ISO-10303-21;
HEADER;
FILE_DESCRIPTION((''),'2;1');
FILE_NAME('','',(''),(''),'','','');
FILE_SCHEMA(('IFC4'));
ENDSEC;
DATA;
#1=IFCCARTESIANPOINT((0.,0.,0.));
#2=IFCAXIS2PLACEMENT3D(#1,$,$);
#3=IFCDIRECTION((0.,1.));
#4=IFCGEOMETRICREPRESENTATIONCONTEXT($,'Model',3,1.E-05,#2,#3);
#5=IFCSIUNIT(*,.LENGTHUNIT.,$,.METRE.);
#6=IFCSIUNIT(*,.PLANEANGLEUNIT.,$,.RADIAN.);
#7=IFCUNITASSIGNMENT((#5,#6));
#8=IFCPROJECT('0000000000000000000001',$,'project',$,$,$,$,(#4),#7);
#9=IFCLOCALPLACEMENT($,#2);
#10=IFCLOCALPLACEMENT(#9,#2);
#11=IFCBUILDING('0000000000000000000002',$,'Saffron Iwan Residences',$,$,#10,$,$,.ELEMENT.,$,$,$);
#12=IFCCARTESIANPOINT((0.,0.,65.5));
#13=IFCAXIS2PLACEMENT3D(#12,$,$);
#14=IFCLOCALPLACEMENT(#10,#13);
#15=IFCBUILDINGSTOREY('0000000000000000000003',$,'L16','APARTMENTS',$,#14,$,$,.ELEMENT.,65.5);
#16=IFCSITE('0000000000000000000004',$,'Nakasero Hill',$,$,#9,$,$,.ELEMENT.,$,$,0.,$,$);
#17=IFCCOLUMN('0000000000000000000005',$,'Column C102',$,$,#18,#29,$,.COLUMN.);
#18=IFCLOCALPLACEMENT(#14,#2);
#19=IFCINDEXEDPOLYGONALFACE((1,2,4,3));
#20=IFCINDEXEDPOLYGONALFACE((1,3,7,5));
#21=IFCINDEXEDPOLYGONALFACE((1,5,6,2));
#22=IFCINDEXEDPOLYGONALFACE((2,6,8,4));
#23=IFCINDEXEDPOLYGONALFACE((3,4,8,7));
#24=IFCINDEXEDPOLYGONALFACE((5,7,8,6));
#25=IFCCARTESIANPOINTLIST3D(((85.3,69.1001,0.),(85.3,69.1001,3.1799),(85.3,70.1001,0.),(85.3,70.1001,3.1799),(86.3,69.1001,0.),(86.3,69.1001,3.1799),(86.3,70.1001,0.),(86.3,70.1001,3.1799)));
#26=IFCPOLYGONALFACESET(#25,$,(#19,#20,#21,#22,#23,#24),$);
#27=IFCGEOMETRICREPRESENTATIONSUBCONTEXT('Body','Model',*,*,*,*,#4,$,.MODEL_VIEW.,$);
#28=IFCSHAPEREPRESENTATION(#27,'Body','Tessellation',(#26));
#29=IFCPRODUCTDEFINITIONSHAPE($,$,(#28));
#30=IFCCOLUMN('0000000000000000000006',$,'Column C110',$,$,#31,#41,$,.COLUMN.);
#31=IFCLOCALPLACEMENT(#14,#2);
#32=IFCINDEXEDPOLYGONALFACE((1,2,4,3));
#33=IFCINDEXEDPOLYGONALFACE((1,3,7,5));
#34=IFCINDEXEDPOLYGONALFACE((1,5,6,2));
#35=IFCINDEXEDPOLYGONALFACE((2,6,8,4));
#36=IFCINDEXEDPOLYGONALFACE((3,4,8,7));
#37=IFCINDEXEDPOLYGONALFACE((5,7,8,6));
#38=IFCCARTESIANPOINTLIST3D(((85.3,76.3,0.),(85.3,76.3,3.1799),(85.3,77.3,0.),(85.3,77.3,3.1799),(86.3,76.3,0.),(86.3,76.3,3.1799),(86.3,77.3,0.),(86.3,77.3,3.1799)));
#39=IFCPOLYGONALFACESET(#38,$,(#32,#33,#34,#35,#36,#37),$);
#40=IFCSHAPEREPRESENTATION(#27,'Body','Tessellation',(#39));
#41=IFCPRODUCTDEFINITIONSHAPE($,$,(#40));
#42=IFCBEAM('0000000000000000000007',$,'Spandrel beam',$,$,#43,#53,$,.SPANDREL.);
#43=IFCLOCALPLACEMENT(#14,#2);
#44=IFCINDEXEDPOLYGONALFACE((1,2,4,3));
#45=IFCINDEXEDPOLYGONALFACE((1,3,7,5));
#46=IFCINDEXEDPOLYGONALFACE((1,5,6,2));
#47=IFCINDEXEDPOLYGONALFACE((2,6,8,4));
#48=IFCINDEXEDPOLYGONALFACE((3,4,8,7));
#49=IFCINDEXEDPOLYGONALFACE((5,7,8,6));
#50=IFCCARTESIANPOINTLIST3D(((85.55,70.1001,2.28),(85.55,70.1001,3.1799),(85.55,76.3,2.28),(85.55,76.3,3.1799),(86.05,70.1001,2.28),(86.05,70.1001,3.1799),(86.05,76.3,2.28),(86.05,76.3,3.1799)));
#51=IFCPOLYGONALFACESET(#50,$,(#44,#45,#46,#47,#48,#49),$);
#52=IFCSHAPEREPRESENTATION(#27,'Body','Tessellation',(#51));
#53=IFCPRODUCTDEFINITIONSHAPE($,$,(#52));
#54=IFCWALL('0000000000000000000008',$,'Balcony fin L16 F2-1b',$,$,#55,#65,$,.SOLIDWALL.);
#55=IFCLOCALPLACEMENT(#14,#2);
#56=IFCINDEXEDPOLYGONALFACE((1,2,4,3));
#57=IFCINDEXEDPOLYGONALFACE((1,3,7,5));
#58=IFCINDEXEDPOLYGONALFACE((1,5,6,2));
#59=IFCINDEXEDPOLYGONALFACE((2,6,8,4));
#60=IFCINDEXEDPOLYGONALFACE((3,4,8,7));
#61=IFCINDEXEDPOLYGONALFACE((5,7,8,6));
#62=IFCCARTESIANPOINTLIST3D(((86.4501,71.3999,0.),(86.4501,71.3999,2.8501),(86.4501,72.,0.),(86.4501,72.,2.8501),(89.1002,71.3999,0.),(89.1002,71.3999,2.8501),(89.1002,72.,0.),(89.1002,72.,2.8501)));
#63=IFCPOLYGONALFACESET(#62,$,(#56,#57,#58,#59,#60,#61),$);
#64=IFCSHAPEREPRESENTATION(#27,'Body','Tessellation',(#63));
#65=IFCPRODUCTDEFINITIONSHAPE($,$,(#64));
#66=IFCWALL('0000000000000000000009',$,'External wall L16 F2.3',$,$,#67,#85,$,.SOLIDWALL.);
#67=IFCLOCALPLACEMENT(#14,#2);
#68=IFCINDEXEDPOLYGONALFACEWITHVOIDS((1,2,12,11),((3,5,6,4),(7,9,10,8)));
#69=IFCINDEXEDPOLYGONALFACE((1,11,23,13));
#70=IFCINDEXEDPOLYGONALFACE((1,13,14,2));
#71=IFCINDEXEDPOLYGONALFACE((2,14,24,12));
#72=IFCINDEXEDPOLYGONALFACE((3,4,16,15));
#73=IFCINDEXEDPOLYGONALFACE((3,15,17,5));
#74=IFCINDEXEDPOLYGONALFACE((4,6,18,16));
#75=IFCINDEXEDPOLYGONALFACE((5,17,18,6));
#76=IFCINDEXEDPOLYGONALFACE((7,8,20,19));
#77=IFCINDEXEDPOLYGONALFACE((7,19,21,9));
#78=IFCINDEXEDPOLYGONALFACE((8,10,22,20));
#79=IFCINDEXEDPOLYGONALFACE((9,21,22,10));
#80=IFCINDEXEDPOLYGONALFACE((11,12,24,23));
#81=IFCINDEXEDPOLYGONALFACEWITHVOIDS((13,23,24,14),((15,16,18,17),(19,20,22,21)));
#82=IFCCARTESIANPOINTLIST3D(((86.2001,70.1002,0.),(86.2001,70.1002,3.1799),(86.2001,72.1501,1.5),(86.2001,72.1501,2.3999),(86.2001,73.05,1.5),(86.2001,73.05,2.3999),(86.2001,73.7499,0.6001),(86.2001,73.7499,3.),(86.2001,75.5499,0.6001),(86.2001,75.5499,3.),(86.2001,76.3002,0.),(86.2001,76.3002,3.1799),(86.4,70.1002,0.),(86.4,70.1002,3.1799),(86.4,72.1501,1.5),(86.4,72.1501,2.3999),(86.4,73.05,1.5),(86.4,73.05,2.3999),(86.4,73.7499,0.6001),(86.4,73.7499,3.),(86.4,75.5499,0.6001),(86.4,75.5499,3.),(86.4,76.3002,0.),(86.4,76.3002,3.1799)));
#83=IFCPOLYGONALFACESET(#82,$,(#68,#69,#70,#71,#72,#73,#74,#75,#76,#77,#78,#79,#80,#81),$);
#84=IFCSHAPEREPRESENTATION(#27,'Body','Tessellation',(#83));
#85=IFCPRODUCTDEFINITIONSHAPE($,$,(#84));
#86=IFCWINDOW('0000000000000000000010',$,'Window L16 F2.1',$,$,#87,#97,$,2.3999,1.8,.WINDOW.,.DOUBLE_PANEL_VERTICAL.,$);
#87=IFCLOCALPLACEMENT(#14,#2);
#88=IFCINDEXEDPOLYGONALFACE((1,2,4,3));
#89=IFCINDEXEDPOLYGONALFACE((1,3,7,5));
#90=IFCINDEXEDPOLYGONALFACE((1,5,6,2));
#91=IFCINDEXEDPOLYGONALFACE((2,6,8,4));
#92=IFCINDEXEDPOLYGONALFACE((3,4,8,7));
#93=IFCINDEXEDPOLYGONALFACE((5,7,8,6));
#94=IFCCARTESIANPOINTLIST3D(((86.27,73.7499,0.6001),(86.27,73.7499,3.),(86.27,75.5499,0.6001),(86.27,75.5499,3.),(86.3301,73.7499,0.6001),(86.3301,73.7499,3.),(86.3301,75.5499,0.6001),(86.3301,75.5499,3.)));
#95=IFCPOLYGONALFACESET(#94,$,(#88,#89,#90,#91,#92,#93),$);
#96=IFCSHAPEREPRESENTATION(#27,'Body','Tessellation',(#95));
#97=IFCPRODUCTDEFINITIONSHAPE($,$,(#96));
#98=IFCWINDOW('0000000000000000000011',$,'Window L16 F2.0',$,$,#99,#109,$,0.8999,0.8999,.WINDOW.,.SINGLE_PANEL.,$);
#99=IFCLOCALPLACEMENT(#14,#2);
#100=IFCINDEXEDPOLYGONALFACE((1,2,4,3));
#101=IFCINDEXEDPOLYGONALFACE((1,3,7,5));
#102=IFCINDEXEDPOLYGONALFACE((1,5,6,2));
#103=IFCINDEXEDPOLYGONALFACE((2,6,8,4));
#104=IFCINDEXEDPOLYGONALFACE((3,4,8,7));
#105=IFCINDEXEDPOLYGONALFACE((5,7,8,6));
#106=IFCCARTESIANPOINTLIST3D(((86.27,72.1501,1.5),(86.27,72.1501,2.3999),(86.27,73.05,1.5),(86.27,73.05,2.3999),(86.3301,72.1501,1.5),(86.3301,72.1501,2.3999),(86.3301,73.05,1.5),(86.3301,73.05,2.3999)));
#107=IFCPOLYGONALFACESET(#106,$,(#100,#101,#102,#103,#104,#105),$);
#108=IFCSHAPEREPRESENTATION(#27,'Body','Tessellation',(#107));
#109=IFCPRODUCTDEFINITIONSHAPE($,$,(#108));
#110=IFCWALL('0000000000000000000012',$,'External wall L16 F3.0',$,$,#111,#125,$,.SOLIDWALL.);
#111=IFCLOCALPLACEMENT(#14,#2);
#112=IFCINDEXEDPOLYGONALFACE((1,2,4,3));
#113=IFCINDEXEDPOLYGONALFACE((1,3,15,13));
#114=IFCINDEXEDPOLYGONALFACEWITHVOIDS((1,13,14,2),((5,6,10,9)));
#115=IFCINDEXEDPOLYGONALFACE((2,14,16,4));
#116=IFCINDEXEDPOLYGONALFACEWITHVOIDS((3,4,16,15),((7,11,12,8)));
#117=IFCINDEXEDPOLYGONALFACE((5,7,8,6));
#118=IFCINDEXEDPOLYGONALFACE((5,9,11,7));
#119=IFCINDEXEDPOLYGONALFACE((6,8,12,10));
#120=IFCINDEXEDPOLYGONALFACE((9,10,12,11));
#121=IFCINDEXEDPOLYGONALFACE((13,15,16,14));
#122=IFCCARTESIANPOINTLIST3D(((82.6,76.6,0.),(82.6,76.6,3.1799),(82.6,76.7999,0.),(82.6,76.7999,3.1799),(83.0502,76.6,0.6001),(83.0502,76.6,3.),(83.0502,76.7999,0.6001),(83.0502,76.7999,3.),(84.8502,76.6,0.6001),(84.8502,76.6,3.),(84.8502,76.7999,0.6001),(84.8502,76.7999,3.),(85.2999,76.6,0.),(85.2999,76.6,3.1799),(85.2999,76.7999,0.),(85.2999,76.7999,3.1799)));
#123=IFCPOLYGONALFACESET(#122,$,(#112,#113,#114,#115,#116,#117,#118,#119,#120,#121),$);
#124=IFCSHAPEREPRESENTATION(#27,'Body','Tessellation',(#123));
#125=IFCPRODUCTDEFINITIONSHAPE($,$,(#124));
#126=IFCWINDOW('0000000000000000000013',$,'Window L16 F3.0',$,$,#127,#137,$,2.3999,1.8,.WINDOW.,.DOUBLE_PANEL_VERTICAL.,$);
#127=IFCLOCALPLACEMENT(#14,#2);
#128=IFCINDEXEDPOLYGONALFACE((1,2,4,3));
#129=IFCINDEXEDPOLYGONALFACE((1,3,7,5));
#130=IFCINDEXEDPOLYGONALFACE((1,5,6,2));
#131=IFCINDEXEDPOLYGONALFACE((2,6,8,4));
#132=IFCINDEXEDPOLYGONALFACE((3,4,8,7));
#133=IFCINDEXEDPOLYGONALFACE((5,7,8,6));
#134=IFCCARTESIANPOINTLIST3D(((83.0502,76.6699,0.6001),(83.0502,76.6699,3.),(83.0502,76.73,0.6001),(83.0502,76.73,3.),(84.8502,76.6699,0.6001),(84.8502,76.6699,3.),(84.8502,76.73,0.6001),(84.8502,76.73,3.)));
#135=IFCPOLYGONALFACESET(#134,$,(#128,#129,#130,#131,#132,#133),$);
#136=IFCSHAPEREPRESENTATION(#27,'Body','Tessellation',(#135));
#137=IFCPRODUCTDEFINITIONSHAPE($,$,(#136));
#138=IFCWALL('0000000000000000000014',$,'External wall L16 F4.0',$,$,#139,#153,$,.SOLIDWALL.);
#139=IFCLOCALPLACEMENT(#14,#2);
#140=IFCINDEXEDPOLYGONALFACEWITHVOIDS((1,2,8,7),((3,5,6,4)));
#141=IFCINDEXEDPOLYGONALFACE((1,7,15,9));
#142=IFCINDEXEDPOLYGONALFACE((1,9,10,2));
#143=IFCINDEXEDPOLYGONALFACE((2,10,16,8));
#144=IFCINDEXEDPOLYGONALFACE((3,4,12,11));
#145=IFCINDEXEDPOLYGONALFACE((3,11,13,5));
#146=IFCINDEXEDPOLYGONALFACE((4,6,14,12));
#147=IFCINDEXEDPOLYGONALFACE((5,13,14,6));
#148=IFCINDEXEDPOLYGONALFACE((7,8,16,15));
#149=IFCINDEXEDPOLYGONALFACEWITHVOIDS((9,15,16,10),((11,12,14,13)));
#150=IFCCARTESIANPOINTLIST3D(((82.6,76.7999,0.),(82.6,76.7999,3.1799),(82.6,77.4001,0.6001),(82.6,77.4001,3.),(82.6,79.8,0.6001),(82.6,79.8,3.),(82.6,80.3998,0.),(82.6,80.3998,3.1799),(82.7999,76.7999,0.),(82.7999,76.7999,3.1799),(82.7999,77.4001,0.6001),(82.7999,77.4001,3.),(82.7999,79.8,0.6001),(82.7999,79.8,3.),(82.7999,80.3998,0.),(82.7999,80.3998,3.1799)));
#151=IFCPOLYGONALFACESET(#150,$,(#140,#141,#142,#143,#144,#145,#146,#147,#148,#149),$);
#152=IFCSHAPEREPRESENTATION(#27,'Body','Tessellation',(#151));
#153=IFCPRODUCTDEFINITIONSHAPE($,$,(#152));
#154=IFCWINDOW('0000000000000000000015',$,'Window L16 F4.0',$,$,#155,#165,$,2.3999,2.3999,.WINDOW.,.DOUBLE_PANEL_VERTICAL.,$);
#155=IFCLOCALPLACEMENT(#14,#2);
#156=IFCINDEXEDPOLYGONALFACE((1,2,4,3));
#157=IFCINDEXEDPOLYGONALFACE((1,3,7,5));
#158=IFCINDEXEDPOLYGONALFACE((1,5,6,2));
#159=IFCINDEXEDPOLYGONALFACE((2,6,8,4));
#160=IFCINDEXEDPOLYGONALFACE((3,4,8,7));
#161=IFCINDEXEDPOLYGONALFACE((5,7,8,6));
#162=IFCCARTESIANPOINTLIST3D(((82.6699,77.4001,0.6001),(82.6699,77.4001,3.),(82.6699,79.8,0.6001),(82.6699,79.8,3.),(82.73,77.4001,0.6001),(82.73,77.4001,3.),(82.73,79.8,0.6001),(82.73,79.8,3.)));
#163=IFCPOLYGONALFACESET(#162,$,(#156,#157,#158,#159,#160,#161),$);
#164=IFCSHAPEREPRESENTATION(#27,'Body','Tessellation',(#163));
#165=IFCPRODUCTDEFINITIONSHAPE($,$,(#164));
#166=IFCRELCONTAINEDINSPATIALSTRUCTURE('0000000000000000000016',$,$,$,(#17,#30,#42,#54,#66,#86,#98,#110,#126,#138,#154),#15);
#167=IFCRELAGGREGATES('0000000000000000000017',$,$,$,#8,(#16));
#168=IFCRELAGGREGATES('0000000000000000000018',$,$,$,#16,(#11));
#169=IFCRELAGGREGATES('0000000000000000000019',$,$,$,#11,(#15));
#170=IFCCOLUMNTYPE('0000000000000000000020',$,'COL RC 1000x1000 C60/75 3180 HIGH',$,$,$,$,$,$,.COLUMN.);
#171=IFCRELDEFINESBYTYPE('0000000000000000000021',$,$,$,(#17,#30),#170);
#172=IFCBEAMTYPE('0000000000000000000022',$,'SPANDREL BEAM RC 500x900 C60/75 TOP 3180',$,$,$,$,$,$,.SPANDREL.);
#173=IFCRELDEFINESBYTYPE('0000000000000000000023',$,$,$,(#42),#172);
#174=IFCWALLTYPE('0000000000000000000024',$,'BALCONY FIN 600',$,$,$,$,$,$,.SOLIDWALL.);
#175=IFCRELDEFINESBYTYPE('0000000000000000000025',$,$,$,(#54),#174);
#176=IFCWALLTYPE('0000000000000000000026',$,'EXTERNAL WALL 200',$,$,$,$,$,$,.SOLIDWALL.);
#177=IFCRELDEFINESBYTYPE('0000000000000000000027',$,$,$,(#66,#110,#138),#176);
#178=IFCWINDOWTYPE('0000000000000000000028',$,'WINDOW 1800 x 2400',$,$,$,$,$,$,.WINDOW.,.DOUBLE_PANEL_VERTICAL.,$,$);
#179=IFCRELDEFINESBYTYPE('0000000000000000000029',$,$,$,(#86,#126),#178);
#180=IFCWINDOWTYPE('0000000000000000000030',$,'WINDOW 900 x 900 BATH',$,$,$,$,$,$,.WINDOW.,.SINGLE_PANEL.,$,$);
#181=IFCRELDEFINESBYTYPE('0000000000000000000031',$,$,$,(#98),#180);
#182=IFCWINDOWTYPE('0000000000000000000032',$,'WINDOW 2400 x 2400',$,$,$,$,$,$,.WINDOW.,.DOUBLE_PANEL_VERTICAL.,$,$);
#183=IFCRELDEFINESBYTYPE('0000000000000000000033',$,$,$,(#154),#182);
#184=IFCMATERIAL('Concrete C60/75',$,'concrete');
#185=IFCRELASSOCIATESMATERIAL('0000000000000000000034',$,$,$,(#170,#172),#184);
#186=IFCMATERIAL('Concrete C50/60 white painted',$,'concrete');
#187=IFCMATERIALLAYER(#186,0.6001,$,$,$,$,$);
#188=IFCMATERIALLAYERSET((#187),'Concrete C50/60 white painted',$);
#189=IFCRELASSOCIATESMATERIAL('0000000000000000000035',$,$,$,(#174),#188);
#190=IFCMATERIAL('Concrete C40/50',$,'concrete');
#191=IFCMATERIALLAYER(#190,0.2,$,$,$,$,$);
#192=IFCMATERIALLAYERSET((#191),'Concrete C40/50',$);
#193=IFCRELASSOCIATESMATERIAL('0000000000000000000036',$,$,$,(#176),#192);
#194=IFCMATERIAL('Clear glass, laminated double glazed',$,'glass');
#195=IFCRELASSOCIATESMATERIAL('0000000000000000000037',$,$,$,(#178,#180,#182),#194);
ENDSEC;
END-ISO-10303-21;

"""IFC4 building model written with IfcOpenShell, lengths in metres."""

from ifc_helpers import new_model, si_unit, direction, frame, frame_2d, origin, origin_2d, place, context, subcontext, project, spatial, rectangle, extrude, source, transform, mapped, material, layer, layer_set, material_profile, profile_set, type_object, element, fill, save


model = new_model("IFC4")

# Units and contexts
model_context = context("Model", 3, precision=1e-05, world=origin(), true_north=direction((0.0, 1.0)))
body_context = subcontext(model_context, "Body", "Model", "MODEL_VIEW")
ifc_project = project(units=[si_unit("LENGTHUNIT", "METRE"), si_unit("PLANEANGLEUNIT", "RADIAN")], contexts=[model_context])

# Site, building, storey
site_placement = place(None, origin())
site = spatial("IfcSite", under=ifc_project, at=site_placement, Name="Nakasero Hill", CompositionType="ELEMENT", RefElevation=0.0)
building_placement = place(site_placement, origin())
building = spatial("IfcBuilding", under=site, at=building_placement, Name="Saffron Iwan Residences", CompositionType="ELEMENT")
storey_placement = place(building_placement, frame((0.0, 0.0, 65.5)))
storey = spatial("IfcBuildingStorey", under=building, at=storey_placement, Name="L16", Description="APARTMENTS", CompositionType="ELEMENT", Elevation=65.5)

# Columns
ifc_material_1 = material(Name="Concrete C60/75", Category="concrete")
ifc_material_profile_1 = material_profile(ifc_material_1, rectangle(XDim=1.0, YDim=1.0, at=origin_2d()), Name="RC 1000x1000")
ifc_profile_set_1 = profile_set([ifc_material_profile_1], Name="Concrete C60/75")
column_type = type_object("IfcColumnType", Name="COL RC 1000x1000 C60/75 3180 HIGH", PredefinedType="COLUMN", material=ifc_profile_set_1)
shared_shape_1 = source(origin(), body_context, "Body", "SweptSolid", [
    extrude(rectangle(XDim=1.0, YDim=1.0, at=origin_2d()), origin(), (0.0, 0.0, 1.0), 3.1799),
])
for number, where, z_axis, x_axis, name in (
    (1, (85.8, 69.6001, 0.0), (0.0, 0.0, 1.0), (1.0, 0.0, 0.0), "Column C102"),
    (2, (85.8, 76.8, 0.0), (0.0, 0.0, 1.0), (1.0, 0.0, 0.0), "Column C110"),
):
    element("IfcColumn", number, at=place(storey_placement, frame(where, z_axis=z_axis, x_axis=x_axis)), inside=storey, type_object=column_type, Name=name, PredefinedType="COLUMN", context=body_context, shape_type="MappedRepresentation", body=[
        mapped(shared_shape_1, transform((0.0, 0.0, 0.0))),
    ])

# Beam
ifc_material_profile_2 = material_profile(ifc_material_1, rectangle(XDim=0.5, YDim=0.8999, at=origin_2d()), Name="RC 500x900")
ifc_profile_set_2 = profile_set([ifc_material_profile_2], Name="Concrete C60/75")
beam_type = type_object("IfcBeamType", Name="SPANDREL BEAM RC 500x900 C60/75 TOP 3180", PredefinedType="SPANDREL", material=ifc_profile_set_2)
shared_shape_2 = source(origin(), body_context, "Body", "SweptSolid", [
    extrude(rectangle(XDim=0.5, YDim=0.8999, at=origin_2d()), origin(), (0.0, 0.0, 1.0), 6.2),
])
beam_placement = place(storey_placement, frame((85.8, 76.3, 2.73), z_axis=(0.0, -1.0, 0.0), x_axis=(1.0, 0.0, 0.0)))
element("IfcBeam", 3, at=beam_placement, inside=storey, type_object=beam_type, Name="Spandrel beam", PredefinedType="SPANDREL", context=body_context, shape_type="MappedRepresentation", body=[
    mapped(shared_shape_2, transform((0.0, 0.0, 0.0))),
])

# Wall
ifc_material_2 = material(Name="Concrete C50/60 white painted", Category="concrete")
ifc_layer_1 = layer(ifc_material_2, 0.6001)
ifc_layer_set_1 = layer_set([ifc_layer_1], Name="Concrete C50/60 white painted")
wall_type_1 = type_object("IfcWallType", Name="BALCONY FIN 600", PredefinedType="SOLIDWALL", material=ifc_layer_set_1)
wall_1_placement = place(storey_placement, frame((86.45, 71.7, 0.0), z_axis=(0.0, 0.0, 1.0), x_axis=(1.0, 0.0, 0.0)))
element("IfcWall", 4, at=wall_1_placement, inside=storey, type_object=wall_type_1, Name="Balcony fin L16 F2-1b", PredefinedType="SOLIDWALL", context=body_context, shape_type="SweptSolid", body=[
    extrude(rectangle(XDim=2.6501, YDim=0.6001, at=frame_2d((1.3252, 0.0))), origin(), (0.0, 0.0, 1.0), 2.8501),
])

# Wall, openings, windows
ifc_material_3 = material(Name="Concrete C40/50", Category="concrete")
ifc_layer_2 = layer(ifc_material_3, 0.2)
ifc_layer_set_2 = layer_set([ifc_layer_2], Name="Concrete C40/50")
wall_type_2 = type_object("IfcWallType", Name="EXTERNAL WALL 200", PredefinedType="SOLIDWALL", material=ifc_layer_set_2)
wall_2_placement = place(storey_placement, frame((86.3, 70.1001, 0.0), z_axis=(0.0, 0.0, 1.0), x_axis=(0.0, 1.0, 0.0)))
wall_2 = element("IfcWall", 5, at=wall_2_placement, inside=storey, type_object=wall_type_2, Name="External wall L16 F2.3", PredefinedType="SOLIDWALL", context=body_context, shape_type="SweptSolid", body=[
    extrude(rectangle(XDim=6.2, YDim=0.2, at=frame_2d((3.1001, 0.0))), origin(), (0.0, 0.0, 1.0), 3.1799),
])
opening_1_placement = place(wall_2_placement, frame((2.05, 0.0, 1.5)))
opening_1 = element("IfcOpeningElement", 6, at=opening_1_placement, cuts=wall_2, PredefinedType="OPENING", context=body_context, shape_type="SweptSolid", body=[
    extrude(rectangle(XDim=0.8999, YDim=0.8999, at=frame_2d((0.45, 0.45))), frame((0.0, 0.1099, 0.0), z_axis=(0.0, -1.0, 0.0), x_axis=(1.0, 0.0, 0.0)), (0.0, 0.0, 1.0), 0.22),
])
opening_2_placement = place(wall_2_placement, frame((3.6499, 0.0, 0.6001)))
opening_2 = element("IfcOpeningElement", 7, at=opening_2_placement, cuts=wall_2, PredefinedType="OPENING", context=body_context, shape_type="SweptSolid", body=[
    extrude(rectangle(XDim=1.8, YDim=2.3999, at=frame_2d((0.8999, 1.2))), frame((0.0, 0.1099, 0.0), z_axis=(0.0, -1.0, 0.0), x_axis=(1.0, 0.0, 0.0)), (0.0, 0.0, 1.0), 0.22),
])
ifc_material_4 = material(Name="Clear glass, laminated double glazed", Category="glass")
window_type_1 = type_object("IfcWindowType", Name="WINDOW 1800 x 2400", PartitioningType="DOUBLE_PANEL_VERTICAL", PredefinedType="WINDOW", material=ifc_material_4)
window_1_placement = place(opening_2_placement, origin())
window_1 = element("IfcWindow", 8, at=window_1_placement, inside=storey, type_object=window_type_1, Name="Window L16 F2.1", OverallHeight=2.3999, OverallWidth=1.8, PartitioningType="DOUBLE_PANEL_VERTICAL", PredefinedType="WINDOW", context=body_context, shape_type="SweptSolid", body=[
    extrude(rectangle(XDim=1.8, YDim=2.3999, at=frame_2d((0.8999, 1.2))), frame((0.0, 0.03, 0.0), z_axis=(0.0, -1.0, 0.0), x_axis=(1.0, 0.0, 0.0)), (0.0, 0.0, 1.0), 0.0601),
])
fill(opening_2, window_1)
window_type_2 = type_object("IfcWindowType", Name="WINDOW 900 x 900 BATH", PartitioningType="SINGLE_PANEL", PredefinedType="WINDOW", material=ifc_material_4)
window_2_placement = place(opening_1_placement, origin())
window_2 = element("IfcWindow", 9, at=window_2_placement, inside=storey, type_object=window_type_2, Name="Window L16 F2.0", OverallHeight=0.8999, OverallWidth=0.8999, PartitioningType="SINGLE_PANEL", PredefinedType="WINDOW", context=body_context, shape_type="SweptSolid", body=[
    extrude(rectangle(XDim=0.8999, YDim=0.8999, at=frame_2d((0.45, 0.45))), frame((0.0, 0.03, 0.0), z_axis=(0.0, -1.0, 0.0), x_axis=(1.0, 0.0, 0.0)), (0.0, 0.0, 1.0), 0.0601),
])
fill(opening_1, window_2)

# Walls, openings, windows
wall_3_placement = place(storey_placement, frame((85.3, 76.7, 0.0), z_axis=(0.0, 0.0, 1.0), x_axis=(-1.0, 0.0, 0.0)))
wall_3 = element("IfcWall", 10, at=wall_3_placement, inside=storey, type_object=wall_type_2, Name="External wall L16 F3.0", PredefinedType="SOLIDWALL", context=body_context, shape_type="SweptSolid", body=[
    extrude(rectangle(XDim=2.7, YDim=0.2, at=frame_2d((1.3501, 0.0))), origin(), (0.0, 0.0, 1.0), 3.1799),
])
opening_3_placement = place(wall_3_placement, frame((0.45, 0.0, 0.6001)))
opening_3 = element("IfcOpeningElement", 11, at=opening_3_placement, cuts=wall_3, PredefinedType="OPENING", context=body_context, shape_type="SweptSolid", body=[
    extrude(rectangle(XDim=1.8, YDim=2.3999, at=frame_2d((0.8999, 1.2))), frame((0.0, 0.1099, 0.0), z_axis=(0.0, -1.0, 0.0), x_axis=(1.0, 0.0, 0.0)), (0.0, 0.0, 1.0), 0.22),
])
window_3_placement = place(opening_3_placement, origin())
window_3 = element("IfcWindow", 12, at=window_3_placement, inside=storey, type_object=window_type_1, Name="Window L16 F3.0", OverallHeight=2.3999, OverallWidth=1.8, PartitioningType="DOUBLE_PANEL_VERTICAL", PredefinedType="WINDOW", context=body_context, shape_type="SweptSolid", body=[
    extrude(rectangle(XDim=1.8, YDim=2.3999, at=frame_2d((0.8999, 1.2))), frame((0.0, 0.03, 0.0), z_axis=(0.0, -1.0, 0.0), x_axis=(1.0, 0.0, 0.0)), (0.0, 0.0, 1.0), 0.0601),
])
fill(opening_3, window_3)
wall_4_placement = place(storey_placement, frame((82.7, 76.8, 0.0), z_axis=(0.0, 0.0, 1.0), x_axis=(0.0, 1.0, 0.0)))
wall_4 = element("IfcWall", 13, at=wall_4_placement, inside=storey, type_object=wall_type_2, Name="External wall L16 F4.0", PredefinedType="SOLIDWALL", context=body_context, shape_type="SweptSolid", body=[
    extrude(rectangle(XDim=3.5999, YDim=0.2, at=frame_2d((1.7998, 0.0))), origin(), (0.0, 0.0, 1.0), 3.1799),
])
opening_4_placement = place(wall_4_placement, frame((0.6001, 0.0, 0.6001)))
opening_4 = element("IfcOpeningElement", 14, at=opening_4_placement, cuts=wall_4, PredefinedType="OPENING", context=body_context, shape_type="SweptSolid", body=[
    extrude(rectangle(XDim=2.3999, YDim=2.3999, at=frame_2d((1.2, 1.2))), frame((0.0, 0.1099, 0.0), z_axis=(0.0, -1.0, 0.0), x_axis=(1.0, 0.0, 0.0)), (0.0, 0.0, 1.0), 0.22),
])
window_type_3 = type_object("IfcWindowType", Name="WINDOW 2400 x 2400", PartitioningType="DOUBLE_PANEL_VERTICAL", PredefinedType="WINDOW", material=ifc_material_4)
window_4_placement = place(opening_4_placement, origin())
window_4 = element("IfcWindow", 15, at=window_4_placement, inside=storey, type_object=window_type_3, Name="Window L16 F4.0", OverallHeight=2.3999, OverallWidth=2.3999, PartitioningType="DOUBLE_PANEL_VERTICAL", PredefinedType="WINDOW", context=body_context, shape_type="SweptSolid", body=[
    extrude(rectangle(XDim=2.3999, YDim=2.3999, at=frame_2d((1.2, 1.2))), frame((0.0, 0.03, 0.0), z_axis=(0.0, -1.0, 0.0), x_axis=(1.0, 0.0, 0.0)), (0.0, 0.0, 1.0), 0.0601),
])
fill(opening_4, window_4)

save(model, "model.ifc")
